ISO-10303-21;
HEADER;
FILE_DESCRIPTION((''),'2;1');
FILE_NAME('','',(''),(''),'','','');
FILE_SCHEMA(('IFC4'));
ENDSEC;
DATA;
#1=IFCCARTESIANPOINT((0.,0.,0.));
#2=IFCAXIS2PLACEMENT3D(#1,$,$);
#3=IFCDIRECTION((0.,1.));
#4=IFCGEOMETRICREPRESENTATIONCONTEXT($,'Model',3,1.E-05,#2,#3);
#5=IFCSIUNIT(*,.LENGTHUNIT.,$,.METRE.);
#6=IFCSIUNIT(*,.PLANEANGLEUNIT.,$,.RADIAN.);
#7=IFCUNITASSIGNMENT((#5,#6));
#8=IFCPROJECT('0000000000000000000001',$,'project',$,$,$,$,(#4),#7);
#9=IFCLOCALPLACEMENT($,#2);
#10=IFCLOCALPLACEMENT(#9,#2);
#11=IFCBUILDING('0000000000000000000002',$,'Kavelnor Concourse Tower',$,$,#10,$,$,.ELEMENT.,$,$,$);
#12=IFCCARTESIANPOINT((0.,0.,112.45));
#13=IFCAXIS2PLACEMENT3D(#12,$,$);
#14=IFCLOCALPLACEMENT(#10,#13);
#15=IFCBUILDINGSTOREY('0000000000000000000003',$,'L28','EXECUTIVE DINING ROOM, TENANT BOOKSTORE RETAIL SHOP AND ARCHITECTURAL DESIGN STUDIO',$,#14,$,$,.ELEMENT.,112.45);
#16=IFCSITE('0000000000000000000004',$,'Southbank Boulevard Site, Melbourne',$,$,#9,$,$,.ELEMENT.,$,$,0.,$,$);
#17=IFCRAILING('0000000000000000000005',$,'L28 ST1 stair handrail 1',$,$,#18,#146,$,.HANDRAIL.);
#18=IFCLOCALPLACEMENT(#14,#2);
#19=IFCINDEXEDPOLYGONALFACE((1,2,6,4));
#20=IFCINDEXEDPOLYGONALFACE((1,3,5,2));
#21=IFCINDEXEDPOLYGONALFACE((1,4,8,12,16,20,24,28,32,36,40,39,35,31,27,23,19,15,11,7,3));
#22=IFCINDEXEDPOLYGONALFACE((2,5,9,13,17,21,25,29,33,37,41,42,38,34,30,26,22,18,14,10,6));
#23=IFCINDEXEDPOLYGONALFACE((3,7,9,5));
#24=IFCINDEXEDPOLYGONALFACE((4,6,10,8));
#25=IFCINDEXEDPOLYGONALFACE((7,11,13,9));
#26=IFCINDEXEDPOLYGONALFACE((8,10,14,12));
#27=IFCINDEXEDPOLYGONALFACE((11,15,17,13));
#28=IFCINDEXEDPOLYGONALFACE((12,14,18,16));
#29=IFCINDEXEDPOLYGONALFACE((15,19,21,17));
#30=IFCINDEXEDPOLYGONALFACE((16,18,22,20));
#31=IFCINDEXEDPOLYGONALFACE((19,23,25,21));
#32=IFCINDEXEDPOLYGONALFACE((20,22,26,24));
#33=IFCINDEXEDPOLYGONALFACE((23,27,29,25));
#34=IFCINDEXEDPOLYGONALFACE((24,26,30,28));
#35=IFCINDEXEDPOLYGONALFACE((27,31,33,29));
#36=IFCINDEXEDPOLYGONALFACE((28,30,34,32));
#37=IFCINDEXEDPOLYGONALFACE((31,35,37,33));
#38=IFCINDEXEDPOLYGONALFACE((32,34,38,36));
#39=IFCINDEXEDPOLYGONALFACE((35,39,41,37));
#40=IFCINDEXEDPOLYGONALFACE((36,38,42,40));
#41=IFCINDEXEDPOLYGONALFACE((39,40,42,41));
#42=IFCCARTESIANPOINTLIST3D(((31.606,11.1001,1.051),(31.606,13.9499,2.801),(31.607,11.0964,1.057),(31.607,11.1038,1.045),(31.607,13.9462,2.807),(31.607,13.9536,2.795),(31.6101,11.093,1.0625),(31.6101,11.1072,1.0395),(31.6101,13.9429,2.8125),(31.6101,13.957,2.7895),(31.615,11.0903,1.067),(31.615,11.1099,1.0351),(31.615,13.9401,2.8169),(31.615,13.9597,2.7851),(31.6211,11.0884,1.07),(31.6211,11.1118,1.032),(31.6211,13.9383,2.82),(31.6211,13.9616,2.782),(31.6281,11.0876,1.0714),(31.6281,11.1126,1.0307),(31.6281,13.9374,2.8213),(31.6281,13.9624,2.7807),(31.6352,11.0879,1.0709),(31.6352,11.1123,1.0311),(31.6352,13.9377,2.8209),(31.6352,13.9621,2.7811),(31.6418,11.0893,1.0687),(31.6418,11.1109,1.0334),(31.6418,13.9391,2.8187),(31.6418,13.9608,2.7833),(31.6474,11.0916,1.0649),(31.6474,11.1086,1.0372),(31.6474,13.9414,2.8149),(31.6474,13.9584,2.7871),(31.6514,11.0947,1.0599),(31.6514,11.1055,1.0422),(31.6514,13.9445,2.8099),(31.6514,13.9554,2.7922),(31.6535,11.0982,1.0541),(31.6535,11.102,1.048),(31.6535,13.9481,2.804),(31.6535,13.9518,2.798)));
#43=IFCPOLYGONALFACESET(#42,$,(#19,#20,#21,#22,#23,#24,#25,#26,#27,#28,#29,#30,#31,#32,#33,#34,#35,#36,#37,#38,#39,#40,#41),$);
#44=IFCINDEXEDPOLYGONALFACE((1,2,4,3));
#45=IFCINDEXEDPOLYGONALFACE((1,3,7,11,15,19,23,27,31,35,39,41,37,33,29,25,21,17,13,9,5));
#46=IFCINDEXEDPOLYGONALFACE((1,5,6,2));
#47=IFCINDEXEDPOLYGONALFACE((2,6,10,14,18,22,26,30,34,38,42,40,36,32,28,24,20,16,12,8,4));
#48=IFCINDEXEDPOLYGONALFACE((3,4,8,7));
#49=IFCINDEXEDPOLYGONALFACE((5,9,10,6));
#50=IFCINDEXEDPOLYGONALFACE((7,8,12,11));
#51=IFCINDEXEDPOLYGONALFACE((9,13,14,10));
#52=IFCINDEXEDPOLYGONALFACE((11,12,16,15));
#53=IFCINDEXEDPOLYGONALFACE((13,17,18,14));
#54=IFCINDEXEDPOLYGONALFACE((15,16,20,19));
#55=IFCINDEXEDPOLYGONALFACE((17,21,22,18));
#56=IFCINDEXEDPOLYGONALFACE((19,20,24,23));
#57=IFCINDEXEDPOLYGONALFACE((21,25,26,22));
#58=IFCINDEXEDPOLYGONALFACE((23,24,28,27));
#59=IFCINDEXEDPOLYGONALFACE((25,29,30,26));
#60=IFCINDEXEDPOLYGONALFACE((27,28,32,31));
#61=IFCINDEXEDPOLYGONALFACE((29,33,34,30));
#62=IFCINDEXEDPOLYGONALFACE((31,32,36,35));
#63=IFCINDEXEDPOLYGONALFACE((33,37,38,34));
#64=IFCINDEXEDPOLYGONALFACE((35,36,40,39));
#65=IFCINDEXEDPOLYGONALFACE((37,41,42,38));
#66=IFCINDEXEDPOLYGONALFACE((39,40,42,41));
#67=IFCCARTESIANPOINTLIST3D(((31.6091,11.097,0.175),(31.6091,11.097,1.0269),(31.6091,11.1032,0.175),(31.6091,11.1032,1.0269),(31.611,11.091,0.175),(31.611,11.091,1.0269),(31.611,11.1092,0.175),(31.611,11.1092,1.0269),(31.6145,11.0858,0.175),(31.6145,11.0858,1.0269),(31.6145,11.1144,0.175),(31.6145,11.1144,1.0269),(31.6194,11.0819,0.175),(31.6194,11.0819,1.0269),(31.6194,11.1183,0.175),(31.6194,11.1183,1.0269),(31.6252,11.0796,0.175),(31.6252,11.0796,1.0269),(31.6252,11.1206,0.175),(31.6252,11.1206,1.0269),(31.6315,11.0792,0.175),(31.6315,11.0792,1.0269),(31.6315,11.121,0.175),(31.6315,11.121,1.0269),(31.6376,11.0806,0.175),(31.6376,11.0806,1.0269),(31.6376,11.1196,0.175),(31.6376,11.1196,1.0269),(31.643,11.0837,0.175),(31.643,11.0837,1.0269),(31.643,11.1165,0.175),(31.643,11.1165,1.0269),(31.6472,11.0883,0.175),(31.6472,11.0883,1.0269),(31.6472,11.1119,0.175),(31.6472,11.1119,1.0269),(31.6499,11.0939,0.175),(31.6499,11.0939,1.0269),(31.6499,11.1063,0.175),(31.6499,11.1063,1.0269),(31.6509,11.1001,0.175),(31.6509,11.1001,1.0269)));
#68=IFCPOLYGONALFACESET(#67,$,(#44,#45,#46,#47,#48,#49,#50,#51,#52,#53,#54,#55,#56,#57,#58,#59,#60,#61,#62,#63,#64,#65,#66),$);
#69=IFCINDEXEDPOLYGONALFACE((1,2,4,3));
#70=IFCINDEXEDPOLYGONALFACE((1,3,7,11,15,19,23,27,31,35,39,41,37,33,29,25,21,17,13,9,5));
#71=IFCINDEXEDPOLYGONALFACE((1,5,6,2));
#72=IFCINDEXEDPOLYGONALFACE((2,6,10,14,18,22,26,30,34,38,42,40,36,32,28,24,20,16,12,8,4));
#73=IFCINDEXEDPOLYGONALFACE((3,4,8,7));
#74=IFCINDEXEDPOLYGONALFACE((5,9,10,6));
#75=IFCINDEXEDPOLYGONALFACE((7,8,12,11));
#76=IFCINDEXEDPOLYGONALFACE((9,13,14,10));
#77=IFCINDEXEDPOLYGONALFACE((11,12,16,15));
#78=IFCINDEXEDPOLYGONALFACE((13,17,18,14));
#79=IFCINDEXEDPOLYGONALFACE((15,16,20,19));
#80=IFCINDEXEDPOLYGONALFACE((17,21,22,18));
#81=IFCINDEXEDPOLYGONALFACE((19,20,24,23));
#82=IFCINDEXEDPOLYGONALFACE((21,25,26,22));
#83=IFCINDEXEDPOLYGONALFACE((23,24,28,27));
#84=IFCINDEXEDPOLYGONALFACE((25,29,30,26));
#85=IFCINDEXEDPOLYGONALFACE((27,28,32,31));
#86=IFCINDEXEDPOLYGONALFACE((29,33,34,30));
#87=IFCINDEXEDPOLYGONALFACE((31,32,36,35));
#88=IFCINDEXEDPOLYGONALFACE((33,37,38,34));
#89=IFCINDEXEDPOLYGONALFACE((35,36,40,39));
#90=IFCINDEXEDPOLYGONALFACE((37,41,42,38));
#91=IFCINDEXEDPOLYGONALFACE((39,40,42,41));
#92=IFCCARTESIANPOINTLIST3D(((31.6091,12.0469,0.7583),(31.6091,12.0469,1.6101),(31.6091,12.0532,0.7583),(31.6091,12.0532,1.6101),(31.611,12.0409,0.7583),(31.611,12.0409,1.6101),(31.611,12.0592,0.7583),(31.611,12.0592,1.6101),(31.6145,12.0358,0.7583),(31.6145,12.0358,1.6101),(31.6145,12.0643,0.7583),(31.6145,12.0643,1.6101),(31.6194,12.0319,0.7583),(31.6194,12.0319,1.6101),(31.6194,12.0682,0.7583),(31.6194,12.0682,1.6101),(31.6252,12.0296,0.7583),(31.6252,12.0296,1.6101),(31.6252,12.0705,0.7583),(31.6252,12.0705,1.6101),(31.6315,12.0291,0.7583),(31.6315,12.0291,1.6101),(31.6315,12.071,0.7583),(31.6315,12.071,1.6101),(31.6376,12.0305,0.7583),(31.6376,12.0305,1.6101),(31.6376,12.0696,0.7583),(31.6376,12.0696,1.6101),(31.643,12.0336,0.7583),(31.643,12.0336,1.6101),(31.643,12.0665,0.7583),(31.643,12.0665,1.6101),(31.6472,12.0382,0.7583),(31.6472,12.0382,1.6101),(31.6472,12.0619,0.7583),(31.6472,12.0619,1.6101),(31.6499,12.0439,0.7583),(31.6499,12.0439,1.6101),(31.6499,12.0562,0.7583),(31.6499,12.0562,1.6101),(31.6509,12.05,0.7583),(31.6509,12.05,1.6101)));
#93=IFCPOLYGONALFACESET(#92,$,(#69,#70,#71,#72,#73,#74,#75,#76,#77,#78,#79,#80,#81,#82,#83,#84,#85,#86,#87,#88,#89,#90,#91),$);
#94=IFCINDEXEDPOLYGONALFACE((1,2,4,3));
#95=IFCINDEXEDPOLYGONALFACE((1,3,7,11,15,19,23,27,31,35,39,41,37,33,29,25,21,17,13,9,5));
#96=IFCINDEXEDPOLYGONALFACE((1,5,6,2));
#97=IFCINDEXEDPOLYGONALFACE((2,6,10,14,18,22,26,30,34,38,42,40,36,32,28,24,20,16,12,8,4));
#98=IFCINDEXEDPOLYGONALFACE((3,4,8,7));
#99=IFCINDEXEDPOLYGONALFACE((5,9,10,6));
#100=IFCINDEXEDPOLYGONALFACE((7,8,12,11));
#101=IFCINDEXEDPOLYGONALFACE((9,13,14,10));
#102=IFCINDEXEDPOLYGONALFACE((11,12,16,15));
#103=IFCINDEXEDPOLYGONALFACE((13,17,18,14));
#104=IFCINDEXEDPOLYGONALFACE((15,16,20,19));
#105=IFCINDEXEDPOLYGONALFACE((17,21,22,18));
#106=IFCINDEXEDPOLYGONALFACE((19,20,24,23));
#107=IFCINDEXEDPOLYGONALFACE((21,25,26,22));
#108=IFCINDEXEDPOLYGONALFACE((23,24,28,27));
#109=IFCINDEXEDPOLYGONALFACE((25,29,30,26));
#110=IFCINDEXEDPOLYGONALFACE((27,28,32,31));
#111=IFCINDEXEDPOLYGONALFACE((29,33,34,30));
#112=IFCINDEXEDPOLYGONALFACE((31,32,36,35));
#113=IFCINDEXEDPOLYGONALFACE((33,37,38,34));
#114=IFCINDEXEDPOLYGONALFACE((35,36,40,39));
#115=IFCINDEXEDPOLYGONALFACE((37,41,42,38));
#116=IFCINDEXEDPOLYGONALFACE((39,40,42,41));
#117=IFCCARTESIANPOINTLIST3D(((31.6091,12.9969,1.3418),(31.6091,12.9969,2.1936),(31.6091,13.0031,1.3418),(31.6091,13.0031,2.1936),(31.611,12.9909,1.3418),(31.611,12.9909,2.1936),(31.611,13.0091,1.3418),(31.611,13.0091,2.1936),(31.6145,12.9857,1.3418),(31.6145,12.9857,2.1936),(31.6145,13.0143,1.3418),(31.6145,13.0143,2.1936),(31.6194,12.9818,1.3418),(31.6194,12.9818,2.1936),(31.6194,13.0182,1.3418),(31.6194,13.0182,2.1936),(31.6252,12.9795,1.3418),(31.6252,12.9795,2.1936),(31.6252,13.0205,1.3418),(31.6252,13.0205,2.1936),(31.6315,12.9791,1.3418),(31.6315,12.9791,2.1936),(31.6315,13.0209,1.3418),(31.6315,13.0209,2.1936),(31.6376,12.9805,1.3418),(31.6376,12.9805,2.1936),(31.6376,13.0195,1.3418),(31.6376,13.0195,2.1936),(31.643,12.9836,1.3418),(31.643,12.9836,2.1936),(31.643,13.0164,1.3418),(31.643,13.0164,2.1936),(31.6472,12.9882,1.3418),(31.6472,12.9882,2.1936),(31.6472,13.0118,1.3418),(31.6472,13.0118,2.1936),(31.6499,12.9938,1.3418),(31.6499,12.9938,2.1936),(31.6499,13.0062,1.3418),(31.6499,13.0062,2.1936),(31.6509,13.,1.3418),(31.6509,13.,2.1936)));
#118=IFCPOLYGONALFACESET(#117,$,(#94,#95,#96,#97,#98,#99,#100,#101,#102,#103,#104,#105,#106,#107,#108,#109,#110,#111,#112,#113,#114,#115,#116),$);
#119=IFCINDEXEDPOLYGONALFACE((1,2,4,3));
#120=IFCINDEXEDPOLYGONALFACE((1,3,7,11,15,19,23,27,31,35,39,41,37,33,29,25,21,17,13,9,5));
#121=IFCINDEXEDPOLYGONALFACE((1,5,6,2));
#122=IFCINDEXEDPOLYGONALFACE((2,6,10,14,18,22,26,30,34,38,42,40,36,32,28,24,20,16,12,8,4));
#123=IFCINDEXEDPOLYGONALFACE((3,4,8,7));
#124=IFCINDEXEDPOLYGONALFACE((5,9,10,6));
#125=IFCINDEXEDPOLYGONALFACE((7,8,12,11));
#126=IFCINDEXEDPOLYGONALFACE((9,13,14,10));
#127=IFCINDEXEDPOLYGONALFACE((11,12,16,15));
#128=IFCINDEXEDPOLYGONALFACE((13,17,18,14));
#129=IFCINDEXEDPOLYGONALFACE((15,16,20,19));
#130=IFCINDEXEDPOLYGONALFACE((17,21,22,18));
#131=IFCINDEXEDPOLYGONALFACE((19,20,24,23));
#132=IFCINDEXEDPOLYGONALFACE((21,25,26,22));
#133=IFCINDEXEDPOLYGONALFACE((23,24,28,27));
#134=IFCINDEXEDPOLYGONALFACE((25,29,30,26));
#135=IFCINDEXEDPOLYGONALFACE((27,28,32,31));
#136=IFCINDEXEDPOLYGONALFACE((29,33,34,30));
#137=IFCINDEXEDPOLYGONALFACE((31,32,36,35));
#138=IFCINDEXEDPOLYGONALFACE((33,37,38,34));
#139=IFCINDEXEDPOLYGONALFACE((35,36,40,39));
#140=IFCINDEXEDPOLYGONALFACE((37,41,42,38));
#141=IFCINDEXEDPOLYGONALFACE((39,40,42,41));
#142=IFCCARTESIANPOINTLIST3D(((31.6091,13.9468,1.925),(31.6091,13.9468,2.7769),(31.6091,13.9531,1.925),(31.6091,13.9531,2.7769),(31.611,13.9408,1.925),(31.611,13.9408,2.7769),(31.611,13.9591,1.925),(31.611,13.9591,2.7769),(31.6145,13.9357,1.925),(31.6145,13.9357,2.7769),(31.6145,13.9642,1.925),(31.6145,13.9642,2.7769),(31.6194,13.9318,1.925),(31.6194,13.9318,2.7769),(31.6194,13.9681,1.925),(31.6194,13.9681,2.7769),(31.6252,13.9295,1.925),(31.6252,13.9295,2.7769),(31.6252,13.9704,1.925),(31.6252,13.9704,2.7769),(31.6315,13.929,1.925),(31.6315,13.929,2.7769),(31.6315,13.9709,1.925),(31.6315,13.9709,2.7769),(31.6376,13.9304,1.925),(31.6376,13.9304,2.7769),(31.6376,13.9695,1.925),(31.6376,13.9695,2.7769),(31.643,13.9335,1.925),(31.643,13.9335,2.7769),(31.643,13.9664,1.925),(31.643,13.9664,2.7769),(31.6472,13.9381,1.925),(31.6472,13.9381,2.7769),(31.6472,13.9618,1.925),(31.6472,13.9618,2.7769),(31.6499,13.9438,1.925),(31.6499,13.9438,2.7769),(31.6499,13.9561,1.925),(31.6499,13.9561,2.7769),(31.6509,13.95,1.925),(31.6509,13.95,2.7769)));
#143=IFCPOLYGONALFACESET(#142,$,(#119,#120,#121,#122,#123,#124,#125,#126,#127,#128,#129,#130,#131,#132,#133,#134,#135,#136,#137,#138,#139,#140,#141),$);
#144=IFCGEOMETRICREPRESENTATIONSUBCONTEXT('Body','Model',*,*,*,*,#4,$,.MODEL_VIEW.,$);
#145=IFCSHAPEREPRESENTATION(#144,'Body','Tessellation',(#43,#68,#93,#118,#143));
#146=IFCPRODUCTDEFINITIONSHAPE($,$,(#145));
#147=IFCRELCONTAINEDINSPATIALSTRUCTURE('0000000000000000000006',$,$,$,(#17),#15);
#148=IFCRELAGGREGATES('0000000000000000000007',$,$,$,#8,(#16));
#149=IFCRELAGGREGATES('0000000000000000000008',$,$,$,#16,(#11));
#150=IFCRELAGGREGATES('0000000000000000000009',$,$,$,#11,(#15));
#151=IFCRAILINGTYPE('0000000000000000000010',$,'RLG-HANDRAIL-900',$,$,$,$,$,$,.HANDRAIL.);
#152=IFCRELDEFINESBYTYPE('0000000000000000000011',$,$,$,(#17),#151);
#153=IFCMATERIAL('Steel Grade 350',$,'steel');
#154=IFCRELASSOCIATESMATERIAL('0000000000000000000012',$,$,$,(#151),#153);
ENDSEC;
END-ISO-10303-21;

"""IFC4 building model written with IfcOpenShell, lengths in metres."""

from ifc_helpers import new_model, si_unit, direction, frame, origin, origin_2d, place, context, subcontext, project, spatial, circle, extrude, material, type_object, element, save


model = new_model("IFC4")

# Units and contexts
model_context = context("Model", 3, precision=1e-05, world=origin(), true_north=direction((0.0, 1.0)))
body_context = subcontext(model_context, "Body", "Model", "MODEL_VIEW")
ifc_project = project(units=[si_unit("LENGTHUNIT", "METRE"), si_unit("PLANEANGLEUNIT", "RADIAN")], contexts=[model_context])

# Site, building, storey
site_placement = place(None, origin())
site = spatial("IfcSite", under=ifc_project, at=site_placement, Name="Southbank Boulevard Site, Melbourne", CompositionType="ELEMENT", RefElevation=0.0)
building_placement = place(site_placement, origin())
building = spatial("IfcBuilding", under=site, at=building_placement, Name="Kavelnor Concourse Tower", CompositionType="ELEMENT")
storey_placement = place(building_placement, frame((0.0, 0.0, 112.45)))
storey = spatial("IfcBuildingStorey", under=building, at=storey_placement, Name="L28", Description="EXECUTIVE DINING ROOM, TENANT BOOKSTORE RETAIL SHOP AND ARCHITECTURAL DESIGN STUDIO", CompositionType="ELEMENT", Elevation=112.45)

# Shared definitions
ifc_material_1 = material(Name="Steel Grade 350", Category="steel")

# Railing
railing_type_1 = type_object("IfcRailingType", Name="RLG-HANDRAIL-900", PredefinedType="HANDRAIL", material=ifc_material_1)
railing_1_placement = place(storey_placement, frame((31.6299, 11.1001, 0.175)))
element("IfcRailing", 1, at=railing_1_placement, inside=storey, type_object=railing_type_1, Name="L28 ST1 stair handrail 1", PredefinedType="HANDRAIL", context=body_context, shape_type="SweptSolid", body=[
    extrude(circle(Radius=0.0239, at=origin_2d()), frame((0.0, 0.0, 0.876), z_axis=(0.0, 0.852159, 0.523283), x_axis=(-1.0, 0.0, 0.0)), (0.0, 0.0, 1.0), 3.3442),
    extrude(circle(Radius=0.021, at=origin_2d()), origin(), (0.0, 0.0, 1.0), 0.8518),
    extrude(circle(Radius=0.021, at=origin_2d()), frame((0.0, 0.95, 0.5833)), (0.0, 0.0, 1.0), 0.8518),
    extrude(circle(Radius=0.021, at=origin_2d()), frame((0.0, 1.8999, 1.1667)), (0.0, 0.0, 1.0), 0.8518),
    extrude(circle(Radius=0.021, at=origin_2d()), frame((0.0, 2.8499, 1.75)), (0.0, 0.0, 1.0), 0.8518),
])

save(model, "model.ifc")
